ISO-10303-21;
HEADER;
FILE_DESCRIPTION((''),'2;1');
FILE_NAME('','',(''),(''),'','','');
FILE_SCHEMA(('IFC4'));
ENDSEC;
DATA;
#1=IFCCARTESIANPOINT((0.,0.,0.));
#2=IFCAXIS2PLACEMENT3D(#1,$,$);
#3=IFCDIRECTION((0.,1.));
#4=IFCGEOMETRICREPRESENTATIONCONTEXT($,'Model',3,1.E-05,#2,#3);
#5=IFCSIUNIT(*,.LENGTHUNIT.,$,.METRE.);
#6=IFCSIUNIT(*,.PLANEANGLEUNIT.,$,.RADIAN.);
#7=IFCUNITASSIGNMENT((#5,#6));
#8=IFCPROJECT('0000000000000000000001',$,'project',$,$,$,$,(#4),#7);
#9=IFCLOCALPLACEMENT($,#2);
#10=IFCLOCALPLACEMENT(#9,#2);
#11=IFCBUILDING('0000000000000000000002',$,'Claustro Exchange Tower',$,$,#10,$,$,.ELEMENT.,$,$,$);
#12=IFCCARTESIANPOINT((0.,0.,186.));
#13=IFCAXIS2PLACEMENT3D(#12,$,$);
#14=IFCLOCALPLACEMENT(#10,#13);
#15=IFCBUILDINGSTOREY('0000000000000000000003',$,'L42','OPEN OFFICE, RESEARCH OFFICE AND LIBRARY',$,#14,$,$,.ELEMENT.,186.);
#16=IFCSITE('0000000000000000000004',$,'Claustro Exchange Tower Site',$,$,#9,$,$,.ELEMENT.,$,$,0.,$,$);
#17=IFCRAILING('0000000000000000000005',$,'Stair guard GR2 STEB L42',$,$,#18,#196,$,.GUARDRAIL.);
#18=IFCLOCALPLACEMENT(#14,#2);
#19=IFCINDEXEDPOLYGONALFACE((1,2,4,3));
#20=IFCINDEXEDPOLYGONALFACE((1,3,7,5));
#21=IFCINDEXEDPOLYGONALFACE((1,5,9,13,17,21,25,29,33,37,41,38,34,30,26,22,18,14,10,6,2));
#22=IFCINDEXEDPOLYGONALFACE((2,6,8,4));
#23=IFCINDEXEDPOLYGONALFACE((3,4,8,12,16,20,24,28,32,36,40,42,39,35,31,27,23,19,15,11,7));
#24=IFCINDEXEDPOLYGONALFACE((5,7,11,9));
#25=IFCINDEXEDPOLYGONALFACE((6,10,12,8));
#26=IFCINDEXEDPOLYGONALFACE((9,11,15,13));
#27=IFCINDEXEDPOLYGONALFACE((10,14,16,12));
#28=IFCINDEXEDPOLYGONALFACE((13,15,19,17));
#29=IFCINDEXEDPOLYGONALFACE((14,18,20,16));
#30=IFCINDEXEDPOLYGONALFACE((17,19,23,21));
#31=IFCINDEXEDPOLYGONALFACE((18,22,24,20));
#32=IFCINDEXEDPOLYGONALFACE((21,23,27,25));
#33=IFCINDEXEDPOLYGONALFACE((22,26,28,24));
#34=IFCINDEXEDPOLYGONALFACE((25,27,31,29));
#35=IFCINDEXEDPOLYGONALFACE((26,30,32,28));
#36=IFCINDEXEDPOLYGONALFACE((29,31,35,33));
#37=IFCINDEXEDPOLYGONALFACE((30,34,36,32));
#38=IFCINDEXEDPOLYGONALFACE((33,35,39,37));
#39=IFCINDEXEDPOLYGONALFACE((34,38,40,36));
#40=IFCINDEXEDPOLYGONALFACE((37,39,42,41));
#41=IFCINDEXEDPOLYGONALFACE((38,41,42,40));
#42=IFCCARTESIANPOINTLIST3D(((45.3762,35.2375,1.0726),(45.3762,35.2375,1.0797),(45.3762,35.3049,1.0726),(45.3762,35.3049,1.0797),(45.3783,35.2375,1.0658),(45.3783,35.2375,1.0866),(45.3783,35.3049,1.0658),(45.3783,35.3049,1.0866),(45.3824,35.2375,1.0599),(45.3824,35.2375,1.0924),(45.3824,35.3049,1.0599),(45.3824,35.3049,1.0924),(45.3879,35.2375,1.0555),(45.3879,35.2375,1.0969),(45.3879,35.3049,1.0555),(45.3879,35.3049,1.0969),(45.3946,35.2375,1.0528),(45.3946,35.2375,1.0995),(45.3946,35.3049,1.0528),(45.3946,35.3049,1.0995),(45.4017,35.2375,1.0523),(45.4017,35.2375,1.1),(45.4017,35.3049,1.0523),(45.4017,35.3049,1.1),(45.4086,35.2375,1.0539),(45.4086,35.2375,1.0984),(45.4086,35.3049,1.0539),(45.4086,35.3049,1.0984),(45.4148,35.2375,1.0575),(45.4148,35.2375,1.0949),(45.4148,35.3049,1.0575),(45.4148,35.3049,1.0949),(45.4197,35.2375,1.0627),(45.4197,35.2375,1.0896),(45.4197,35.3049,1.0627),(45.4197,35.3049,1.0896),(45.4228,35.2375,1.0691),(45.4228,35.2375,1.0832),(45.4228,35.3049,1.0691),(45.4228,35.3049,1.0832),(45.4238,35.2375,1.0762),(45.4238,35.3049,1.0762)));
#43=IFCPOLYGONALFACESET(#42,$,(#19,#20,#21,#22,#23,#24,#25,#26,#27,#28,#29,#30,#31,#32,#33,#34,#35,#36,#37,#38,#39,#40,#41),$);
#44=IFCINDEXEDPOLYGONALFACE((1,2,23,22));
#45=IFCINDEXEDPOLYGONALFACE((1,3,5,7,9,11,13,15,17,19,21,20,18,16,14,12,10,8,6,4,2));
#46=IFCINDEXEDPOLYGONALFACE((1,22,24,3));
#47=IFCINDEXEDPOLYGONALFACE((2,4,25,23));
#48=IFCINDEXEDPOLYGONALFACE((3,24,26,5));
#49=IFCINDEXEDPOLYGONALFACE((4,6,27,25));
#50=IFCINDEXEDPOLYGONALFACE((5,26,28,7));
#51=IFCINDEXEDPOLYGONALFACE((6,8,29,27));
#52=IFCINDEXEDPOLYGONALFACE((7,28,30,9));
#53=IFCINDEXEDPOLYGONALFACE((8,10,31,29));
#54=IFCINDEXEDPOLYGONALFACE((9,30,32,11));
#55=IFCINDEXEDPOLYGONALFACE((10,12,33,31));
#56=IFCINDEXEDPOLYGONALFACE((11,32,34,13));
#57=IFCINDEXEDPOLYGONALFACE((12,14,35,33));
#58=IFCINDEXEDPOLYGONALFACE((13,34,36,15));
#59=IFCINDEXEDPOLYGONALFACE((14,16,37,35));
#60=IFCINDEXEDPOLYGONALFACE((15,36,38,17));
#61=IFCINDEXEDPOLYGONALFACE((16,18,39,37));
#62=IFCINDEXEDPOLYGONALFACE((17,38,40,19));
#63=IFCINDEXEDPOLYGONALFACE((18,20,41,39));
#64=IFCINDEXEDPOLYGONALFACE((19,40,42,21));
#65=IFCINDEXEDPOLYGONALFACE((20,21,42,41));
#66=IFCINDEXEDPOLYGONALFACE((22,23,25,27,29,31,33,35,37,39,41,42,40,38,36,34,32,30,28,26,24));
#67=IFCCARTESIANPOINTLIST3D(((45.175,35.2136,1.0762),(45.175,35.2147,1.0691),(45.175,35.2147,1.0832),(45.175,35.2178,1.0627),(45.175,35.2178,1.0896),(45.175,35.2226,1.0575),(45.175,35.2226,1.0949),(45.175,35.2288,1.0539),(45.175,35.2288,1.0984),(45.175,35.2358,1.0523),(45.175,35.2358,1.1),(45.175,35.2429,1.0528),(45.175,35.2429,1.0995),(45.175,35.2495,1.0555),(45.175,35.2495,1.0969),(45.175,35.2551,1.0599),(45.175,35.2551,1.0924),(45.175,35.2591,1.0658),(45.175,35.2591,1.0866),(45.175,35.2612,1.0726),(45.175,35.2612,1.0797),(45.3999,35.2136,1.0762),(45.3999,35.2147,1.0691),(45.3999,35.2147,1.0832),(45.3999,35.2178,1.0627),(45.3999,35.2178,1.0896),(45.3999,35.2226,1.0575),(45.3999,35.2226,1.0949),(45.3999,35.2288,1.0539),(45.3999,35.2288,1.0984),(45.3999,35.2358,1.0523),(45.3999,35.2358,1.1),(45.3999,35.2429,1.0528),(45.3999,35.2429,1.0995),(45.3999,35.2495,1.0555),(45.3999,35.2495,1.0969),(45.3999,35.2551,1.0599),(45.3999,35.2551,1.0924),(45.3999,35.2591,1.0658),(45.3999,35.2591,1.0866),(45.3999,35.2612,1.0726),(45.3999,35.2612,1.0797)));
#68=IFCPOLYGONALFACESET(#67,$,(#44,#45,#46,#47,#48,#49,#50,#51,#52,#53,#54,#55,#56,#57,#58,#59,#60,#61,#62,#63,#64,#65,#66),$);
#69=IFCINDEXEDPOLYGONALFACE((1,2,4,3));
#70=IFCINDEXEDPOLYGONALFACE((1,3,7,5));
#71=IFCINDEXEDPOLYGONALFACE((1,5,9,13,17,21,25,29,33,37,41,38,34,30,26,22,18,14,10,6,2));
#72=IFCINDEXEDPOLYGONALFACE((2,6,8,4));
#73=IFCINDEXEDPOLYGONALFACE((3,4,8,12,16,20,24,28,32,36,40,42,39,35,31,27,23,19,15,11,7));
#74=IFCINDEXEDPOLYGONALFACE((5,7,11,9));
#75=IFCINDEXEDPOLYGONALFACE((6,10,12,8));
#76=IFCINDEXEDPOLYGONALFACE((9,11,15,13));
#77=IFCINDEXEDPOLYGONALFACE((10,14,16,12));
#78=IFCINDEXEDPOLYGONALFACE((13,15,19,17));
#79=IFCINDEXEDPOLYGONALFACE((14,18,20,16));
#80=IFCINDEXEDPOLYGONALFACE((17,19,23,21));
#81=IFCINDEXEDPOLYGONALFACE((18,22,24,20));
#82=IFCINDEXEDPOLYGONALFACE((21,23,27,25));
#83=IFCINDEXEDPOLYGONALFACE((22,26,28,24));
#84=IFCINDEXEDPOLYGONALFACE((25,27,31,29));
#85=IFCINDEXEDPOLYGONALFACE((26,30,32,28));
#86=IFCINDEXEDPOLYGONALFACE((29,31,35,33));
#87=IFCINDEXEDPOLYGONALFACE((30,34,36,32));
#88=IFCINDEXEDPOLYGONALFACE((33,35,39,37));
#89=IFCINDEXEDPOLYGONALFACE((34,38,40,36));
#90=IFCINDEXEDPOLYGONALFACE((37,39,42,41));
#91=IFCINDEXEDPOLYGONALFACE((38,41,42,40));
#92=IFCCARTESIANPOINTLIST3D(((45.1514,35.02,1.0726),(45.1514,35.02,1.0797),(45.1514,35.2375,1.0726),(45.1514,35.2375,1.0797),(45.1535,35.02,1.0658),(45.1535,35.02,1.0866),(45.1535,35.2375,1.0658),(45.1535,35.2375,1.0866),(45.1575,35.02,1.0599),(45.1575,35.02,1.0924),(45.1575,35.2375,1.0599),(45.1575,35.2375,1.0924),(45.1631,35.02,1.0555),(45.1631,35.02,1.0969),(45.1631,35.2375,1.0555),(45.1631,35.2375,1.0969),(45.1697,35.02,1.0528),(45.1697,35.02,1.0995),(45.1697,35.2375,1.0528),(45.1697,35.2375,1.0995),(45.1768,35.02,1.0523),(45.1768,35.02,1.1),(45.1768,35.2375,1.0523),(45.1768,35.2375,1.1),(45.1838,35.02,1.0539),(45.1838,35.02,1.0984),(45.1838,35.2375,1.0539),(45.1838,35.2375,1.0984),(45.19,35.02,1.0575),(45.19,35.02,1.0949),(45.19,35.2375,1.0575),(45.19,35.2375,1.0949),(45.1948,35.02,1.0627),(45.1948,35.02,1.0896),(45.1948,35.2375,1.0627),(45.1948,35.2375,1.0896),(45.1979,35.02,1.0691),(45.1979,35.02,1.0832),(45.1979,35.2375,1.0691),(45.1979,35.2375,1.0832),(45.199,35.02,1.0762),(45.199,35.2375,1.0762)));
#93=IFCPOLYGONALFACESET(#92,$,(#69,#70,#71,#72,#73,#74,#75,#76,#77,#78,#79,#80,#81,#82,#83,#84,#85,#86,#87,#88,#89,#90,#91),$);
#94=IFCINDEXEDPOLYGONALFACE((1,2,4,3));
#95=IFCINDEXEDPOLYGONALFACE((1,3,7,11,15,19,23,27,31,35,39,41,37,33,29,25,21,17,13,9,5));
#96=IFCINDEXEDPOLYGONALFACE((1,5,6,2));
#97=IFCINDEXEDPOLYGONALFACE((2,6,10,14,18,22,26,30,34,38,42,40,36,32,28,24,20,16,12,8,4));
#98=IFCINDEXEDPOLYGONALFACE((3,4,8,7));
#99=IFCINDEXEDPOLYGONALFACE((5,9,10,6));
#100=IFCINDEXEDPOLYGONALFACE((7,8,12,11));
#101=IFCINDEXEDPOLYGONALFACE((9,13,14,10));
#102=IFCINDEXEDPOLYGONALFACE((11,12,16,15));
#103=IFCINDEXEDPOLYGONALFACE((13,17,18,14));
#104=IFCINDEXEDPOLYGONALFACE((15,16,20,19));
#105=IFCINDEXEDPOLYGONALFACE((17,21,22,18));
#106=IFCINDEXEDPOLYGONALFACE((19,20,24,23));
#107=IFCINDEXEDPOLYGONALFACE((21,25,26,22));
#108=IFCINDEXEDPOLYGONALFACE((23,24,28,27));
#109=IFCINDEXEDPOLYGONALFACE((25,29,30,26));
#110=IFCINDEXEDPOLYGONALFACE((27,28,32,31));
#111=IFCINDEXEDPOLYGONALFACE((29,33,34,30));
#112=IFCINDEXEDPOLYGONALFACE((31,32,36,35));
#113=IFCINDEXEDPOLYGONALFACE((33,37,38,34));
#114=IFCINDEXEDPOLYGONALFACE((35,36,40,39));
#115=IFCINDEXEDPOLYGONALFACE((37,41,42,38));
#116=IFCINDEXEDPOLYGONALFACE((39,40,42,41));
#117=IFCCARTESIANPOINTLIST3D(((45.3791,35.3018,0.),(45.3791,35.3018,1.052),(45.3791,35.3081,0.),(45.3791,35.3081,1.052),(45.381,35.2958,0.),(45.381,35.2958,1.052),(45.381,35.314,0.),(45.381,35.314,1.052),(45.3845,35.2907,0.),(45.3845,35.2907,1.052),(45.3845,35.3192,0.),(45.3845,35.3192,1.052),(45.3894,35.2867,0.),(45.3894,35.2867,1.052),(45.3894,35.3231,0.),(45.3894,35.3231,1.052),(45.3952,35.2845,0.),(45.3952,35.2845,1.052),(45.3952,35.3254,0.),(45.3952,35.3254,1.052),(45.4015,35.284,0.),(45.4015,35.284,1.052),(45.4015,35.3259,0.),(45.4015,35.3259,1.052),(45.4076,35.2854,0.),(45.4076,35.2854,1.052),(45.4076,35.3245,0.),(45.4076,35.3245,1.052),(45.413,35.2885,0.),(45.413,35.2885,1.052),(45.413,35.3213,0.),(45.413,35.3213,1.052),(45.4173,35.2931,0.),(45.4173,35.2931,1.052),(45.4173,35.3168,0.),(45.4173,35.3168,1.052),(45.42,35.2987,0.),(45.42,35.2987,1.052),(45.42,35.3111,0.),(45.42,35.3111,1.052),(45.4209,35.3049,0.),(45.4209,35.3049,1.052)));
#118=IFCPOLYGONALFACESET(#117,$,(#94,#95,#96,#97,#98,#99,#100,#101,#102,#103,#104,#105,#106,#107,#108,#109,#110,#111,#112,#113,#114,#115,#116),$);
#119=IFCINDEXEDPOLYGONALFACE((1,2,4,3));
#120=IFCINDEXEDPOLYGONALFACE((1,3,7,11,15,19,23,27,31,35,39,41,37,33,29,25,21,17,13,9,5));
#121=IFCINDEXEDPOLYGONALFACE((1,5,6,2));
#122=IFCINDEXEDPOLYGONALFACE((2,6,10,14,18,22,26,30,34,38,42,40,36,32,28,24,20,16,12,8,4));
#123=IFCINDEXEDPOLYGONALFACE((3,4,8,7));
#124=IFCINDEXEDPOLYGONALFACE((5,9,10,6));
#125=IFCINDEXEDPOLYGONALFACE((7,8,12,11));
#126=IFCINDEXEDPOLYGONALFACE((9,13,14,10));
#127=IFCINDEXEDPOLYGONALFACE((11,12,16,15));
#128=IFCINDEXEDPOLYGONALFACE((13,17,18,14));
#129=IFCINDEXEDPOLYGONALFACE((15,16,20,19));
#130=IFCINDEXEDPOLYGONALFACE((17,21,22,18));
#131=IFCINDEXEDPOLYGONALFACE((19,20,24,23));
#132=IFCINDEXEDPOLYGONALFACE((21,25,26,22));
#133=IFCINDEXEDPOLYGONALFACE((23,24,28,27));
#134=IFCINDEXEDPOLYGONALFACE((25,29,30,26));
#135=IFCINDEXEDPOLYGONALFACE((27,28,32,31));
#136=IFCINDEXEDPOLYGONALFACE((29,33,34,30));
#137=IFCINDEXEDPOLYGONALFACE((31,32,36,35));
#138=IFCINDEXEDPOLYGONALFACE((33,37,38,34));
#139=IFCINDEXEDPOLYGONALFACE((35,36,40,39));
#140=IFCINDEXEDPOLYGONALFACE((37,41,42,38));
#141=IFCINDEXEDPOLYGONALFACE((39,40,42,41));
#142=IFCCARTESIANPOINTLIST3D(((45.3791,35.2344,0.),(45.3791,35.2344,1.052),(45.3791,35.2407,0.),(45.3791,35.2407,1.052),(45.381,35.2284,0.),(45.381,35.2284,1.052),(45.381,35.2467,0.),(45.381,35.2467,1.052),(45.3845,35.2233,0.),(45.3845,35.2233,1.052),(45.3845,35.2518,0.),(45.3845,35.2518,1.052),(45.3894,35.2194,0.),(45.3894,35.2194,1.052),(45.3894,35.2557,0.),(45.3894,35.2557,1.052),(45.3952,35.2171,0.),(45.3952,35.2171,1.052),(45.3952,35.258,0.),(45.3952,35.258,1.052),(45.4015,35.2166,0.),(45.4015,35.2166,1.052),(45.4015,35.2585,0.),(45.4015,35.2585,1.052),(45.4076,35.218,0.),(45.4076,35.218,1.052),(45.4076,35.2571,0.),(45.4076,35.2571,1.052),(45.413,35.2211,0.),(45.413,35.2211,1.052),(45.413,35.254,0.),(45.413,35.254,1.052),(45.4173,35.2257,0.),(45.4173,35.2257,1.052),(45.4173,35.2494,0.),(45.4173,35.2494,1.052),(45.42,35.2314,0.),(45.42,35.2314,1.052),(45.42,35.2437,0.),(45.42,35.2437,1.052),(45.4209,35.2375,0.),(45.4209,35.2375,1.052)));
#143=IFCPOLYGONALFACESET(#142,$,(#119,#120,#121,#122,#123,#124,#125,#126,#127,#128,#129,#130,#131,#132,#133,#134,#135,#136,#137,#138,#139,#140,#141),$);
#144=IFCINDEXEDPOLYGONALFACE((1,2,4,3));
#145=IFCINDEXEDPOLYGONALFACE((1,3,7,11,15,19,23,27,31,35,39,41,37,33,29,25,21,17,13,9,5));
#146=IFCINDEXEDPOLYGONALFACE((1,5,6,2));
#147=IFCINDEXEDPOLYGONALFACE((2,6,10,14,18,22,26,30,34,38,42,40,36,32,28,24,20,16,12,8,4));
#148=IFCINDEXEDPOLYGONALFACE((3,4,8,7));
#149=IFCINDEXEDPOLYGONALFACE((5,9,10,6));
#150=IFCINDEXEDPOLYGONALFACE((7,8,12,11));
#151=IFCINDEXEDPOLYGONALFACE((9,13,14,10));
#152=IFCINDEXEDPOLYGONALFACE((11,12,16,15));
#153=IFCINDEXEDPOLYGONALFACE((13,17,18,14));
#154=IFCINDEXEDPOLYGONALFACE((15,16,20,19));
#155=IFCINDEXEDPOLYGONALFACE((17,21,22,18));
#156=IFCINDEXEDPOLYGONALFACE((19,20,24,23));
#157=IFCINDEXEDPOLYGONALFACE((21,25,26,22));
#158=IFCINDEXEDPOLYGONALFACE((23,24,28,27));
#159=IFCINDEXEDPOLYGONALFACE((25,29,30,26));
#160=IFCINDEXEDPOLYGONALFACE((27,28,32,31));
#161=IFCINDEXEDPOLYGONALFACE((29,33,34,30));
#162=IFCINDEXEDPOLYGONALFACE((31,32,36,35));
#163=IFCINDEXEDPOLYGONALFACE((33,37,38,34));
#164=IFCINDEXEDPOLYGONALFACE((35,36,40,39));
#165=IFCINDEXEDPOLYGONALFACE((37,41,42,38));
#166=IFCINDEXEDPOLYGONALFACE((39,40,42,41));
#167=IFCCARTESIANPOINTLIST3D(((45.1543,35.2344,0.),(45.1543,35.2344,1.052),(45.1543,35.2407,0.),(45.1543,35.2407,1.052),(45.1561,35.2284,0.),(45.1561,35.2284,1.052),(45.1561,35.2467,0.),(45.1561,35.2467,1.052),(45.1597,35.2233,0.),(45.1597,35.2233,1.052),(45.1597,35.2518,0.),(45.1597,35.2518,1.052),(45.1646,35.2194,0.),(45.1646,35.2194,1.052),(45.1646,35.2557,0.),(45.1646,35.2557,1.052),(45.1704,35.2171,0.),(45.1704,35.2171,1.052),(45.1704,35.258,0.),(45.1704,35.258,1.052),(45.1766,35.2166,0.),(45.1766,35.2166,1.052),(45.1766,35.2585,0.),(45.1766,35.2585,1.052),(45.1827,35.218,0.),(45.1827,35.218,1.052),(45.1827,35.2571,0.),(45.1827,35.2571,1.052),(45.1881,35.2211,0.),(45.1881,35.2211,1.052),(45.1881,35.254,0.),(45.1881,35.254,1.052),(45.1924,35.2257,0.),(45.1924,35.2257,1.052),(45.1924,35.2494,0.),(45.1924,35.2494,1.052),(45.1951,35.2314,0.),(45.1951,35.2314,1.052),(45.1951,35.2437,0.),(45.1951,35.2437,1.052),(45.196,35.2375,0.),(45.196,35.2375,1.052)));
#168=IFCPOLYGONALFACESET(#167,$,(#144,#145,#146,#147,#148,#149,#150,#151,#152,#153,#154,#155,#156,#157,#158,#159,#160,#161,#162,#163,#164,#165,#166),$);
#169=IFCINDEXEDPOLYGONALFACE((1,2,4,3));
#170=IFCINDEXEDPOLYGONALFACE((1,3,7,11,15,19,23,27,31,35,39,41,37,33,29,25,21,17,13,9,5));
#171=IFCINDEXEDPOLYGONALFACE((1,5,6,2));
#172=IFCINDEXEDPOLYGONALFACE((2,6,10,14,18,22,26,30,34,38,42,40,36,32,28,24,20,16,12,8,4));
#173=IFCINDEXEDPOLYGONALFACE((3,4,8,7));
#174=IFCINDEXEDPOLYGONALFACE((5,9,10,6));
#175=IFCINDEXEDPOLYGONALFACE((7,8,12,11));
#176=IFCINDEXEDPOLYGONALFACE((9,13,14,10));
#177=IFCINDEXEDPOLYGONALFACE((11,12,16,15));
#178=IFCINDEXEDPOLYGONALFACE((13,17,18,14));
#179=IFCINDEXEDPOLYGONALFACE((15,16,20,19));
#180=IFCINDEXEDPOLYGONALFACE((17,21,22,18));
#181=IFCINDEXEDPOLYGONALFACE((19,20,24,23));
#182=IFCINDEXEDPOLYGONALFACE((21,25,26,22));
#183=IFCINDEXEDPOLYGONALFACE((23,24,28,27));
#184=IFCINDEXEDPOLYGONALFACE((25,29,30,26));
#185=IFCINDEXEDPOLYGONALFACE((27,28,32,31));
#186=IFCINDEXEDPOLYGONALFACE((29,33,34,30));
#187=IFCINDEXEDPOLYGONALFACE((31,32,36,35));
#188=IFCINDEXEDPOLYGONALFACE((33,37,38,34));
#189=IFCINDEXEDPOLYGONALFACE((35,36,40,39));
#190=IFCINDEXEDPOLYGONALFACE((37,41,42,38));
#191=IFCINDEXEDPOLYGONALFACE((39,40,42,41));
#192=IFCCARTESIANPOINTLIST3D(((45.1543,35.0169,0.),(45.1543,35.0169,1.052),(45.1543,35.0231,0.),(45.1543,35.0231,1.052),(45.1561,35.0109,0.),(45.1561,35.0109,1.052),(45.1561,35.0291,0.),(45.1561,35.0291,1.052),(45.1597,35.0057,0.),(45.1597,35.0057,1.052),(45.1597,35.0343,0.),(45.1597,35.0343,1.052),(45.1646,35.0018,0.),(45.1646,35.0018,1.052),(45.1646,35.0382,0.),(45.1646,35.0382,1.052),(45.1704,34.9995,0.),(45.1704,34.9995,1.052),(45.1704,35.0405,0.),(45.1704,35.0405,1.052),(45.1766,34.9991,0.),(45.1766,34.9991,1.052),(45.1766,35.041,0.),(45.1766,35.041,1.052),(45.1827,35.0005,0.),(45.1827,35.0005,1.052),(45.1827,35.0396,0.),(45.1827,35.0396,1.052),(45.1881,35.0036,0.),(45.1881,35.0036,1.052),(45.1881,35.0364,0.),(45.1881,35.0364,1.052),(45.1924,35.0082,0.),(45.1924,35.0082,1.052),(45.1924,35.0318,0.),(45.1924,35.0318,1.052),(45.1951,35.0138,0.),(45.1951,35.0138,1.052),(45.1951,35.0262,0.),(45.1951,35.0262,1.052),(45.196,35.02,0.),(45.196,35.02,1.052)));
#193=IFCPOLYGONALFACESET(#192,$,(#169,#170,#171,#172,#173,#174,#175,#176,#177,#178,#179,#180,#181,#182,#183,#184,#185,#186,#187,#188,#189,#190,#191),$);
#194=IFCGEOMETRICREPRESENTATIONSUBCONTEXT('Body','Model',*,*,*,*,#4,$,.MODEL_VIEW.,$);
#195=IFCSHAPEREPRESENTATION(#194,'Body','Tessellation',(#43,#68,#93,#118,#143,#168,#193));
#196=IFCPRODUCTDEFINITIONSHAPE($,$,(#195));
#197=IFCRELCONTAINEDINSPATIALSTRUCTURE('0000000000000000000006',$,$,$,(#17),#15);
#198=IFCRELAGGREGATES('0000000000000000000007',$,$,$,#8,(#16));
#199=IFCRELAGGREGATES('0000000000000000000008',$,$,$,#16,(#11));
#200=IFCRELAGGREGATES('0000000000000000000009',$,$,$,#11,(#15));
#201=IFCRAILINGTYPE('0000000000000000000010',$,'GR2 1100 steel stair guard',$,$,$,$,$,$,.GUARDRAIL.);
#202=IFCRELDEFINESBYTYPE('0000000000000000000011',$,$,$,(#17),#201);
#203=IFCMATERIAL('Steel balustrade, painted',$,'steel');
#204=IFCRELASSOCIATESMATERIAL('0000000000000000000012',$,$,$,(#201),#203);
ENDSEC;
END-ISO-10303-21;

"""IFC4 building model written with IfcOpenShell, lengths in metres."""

from ifc_helpers import new_model, si_unit, direction, frame, origin, origin_2d, place, context, subcontext, project, spatial, circle, extrude, material, type_object, element, save


model = new_model("IFC4")

# Units and contexts
model_context = context("Model", 3, precision=1e-05, world=origin(), true_north=direction((0.0, 1.0)))
body_context = subcontext(model_context, "Body", "Model", "MODEL_VIEW")
ifc_project = project(units=[si_unit("LENGTHUNIT", "METRE"), si_unit("PLANEANGLEUNIT", "RADIAN")], contexts=[model_context])

# Site, building, storey
site_placement = place(None, origin())
site = spatial("IfcSite", under=ifc_project, at=site_placement, Name="Claustro Exchange Tower Site", CompositionType="ELEMENT", RefElevation=0.0)
building_placement = place(site_placement, origin())
building = spatial("IfcBuilding", under=site, at=building_placement, Name="Claustro Exchange Tower", CompositionType="ELEMENT")
storey_placement = place(building_placement, frame((0.0, 0.0, 186.0)))
storey = spatial("IfcBuildingStorey", under=building, at=storey_placement, Name="L42", Description="OPEN OFFICE, RESEARCH OFFICE AND LIBRARY", CompositionType="ELEMENT", Elevation=186.0)

# Railing
ifc_material_1 = material(Name="Steel balustrade, painted", Category="steel")
railing_type_1 = type_object("IfcRailingType", Name="GR2 1100 steel stair guard", PredefinedType="GUARDRAIL", material=ifc_material_1)
railing_1_placement = place(storey_placement, frame((45.3999, 35.3049, 0.0)))
element("IfcRailing", 1, at=railing_1_placement, inside=storey, type_object=railing_type_1, Name="Stair guard GR2 STEB L42", PredefinedType="GUARDRAIL", context=body_context, shape_type="SweptSolid", body=[
    extrude(circle(Radius=0.0239, at=origin_2d()), frame((0.0, 0.0, 1.0762), z_axis=(0.0, -1.0, 0.0), x_axis=(1.0, 0.0, 0.0)), (0.0, 0.0, 1.0), 0.0674),
    extrude(circle(Radius=0.0239, at=origin_2d()), frame((0.0, -0.0674, 1.0762), z_axis=(-1.0, 0.0, 0.0), x_axis=(0.0, -1.0, 0.0)), (0.0, 0.0, 1.0), 0.2249),
    extrude(circle(Radius=0.0239, at=origin_2d()), frame((-0.2249, -0.0674, 1.0762), z_axis=(0.0, -1.0, 0.0), x_axis=(1.0, 0.0, 0.0)), (0.0, 0.0, 1.0), 0.2175),
    extrude(circle(Radius=0.021, at=origin_2d()), origin(), (0.0, 0.0, 1.0), 1.052),
    extrude(circle(Radius=0.021, at=origin_2d()), frame((0.0, -0.0674, 0.0)), (0.0, 0.0, 1.0), 1.052),
    extrude(circle(Radius=0.021, at=origin_2d()), frame((-0.2249, -0.0674, 0.0)), (0.0, 0.0, 1.0), 1.052),
    extrude(circle(Radius=0.021, at=origin_2d()), frame((-0.2249, -0.2849, 0.0)), (0.0, 0.0, 1.0), 1.052),
])

save(model, "model.ifc")
